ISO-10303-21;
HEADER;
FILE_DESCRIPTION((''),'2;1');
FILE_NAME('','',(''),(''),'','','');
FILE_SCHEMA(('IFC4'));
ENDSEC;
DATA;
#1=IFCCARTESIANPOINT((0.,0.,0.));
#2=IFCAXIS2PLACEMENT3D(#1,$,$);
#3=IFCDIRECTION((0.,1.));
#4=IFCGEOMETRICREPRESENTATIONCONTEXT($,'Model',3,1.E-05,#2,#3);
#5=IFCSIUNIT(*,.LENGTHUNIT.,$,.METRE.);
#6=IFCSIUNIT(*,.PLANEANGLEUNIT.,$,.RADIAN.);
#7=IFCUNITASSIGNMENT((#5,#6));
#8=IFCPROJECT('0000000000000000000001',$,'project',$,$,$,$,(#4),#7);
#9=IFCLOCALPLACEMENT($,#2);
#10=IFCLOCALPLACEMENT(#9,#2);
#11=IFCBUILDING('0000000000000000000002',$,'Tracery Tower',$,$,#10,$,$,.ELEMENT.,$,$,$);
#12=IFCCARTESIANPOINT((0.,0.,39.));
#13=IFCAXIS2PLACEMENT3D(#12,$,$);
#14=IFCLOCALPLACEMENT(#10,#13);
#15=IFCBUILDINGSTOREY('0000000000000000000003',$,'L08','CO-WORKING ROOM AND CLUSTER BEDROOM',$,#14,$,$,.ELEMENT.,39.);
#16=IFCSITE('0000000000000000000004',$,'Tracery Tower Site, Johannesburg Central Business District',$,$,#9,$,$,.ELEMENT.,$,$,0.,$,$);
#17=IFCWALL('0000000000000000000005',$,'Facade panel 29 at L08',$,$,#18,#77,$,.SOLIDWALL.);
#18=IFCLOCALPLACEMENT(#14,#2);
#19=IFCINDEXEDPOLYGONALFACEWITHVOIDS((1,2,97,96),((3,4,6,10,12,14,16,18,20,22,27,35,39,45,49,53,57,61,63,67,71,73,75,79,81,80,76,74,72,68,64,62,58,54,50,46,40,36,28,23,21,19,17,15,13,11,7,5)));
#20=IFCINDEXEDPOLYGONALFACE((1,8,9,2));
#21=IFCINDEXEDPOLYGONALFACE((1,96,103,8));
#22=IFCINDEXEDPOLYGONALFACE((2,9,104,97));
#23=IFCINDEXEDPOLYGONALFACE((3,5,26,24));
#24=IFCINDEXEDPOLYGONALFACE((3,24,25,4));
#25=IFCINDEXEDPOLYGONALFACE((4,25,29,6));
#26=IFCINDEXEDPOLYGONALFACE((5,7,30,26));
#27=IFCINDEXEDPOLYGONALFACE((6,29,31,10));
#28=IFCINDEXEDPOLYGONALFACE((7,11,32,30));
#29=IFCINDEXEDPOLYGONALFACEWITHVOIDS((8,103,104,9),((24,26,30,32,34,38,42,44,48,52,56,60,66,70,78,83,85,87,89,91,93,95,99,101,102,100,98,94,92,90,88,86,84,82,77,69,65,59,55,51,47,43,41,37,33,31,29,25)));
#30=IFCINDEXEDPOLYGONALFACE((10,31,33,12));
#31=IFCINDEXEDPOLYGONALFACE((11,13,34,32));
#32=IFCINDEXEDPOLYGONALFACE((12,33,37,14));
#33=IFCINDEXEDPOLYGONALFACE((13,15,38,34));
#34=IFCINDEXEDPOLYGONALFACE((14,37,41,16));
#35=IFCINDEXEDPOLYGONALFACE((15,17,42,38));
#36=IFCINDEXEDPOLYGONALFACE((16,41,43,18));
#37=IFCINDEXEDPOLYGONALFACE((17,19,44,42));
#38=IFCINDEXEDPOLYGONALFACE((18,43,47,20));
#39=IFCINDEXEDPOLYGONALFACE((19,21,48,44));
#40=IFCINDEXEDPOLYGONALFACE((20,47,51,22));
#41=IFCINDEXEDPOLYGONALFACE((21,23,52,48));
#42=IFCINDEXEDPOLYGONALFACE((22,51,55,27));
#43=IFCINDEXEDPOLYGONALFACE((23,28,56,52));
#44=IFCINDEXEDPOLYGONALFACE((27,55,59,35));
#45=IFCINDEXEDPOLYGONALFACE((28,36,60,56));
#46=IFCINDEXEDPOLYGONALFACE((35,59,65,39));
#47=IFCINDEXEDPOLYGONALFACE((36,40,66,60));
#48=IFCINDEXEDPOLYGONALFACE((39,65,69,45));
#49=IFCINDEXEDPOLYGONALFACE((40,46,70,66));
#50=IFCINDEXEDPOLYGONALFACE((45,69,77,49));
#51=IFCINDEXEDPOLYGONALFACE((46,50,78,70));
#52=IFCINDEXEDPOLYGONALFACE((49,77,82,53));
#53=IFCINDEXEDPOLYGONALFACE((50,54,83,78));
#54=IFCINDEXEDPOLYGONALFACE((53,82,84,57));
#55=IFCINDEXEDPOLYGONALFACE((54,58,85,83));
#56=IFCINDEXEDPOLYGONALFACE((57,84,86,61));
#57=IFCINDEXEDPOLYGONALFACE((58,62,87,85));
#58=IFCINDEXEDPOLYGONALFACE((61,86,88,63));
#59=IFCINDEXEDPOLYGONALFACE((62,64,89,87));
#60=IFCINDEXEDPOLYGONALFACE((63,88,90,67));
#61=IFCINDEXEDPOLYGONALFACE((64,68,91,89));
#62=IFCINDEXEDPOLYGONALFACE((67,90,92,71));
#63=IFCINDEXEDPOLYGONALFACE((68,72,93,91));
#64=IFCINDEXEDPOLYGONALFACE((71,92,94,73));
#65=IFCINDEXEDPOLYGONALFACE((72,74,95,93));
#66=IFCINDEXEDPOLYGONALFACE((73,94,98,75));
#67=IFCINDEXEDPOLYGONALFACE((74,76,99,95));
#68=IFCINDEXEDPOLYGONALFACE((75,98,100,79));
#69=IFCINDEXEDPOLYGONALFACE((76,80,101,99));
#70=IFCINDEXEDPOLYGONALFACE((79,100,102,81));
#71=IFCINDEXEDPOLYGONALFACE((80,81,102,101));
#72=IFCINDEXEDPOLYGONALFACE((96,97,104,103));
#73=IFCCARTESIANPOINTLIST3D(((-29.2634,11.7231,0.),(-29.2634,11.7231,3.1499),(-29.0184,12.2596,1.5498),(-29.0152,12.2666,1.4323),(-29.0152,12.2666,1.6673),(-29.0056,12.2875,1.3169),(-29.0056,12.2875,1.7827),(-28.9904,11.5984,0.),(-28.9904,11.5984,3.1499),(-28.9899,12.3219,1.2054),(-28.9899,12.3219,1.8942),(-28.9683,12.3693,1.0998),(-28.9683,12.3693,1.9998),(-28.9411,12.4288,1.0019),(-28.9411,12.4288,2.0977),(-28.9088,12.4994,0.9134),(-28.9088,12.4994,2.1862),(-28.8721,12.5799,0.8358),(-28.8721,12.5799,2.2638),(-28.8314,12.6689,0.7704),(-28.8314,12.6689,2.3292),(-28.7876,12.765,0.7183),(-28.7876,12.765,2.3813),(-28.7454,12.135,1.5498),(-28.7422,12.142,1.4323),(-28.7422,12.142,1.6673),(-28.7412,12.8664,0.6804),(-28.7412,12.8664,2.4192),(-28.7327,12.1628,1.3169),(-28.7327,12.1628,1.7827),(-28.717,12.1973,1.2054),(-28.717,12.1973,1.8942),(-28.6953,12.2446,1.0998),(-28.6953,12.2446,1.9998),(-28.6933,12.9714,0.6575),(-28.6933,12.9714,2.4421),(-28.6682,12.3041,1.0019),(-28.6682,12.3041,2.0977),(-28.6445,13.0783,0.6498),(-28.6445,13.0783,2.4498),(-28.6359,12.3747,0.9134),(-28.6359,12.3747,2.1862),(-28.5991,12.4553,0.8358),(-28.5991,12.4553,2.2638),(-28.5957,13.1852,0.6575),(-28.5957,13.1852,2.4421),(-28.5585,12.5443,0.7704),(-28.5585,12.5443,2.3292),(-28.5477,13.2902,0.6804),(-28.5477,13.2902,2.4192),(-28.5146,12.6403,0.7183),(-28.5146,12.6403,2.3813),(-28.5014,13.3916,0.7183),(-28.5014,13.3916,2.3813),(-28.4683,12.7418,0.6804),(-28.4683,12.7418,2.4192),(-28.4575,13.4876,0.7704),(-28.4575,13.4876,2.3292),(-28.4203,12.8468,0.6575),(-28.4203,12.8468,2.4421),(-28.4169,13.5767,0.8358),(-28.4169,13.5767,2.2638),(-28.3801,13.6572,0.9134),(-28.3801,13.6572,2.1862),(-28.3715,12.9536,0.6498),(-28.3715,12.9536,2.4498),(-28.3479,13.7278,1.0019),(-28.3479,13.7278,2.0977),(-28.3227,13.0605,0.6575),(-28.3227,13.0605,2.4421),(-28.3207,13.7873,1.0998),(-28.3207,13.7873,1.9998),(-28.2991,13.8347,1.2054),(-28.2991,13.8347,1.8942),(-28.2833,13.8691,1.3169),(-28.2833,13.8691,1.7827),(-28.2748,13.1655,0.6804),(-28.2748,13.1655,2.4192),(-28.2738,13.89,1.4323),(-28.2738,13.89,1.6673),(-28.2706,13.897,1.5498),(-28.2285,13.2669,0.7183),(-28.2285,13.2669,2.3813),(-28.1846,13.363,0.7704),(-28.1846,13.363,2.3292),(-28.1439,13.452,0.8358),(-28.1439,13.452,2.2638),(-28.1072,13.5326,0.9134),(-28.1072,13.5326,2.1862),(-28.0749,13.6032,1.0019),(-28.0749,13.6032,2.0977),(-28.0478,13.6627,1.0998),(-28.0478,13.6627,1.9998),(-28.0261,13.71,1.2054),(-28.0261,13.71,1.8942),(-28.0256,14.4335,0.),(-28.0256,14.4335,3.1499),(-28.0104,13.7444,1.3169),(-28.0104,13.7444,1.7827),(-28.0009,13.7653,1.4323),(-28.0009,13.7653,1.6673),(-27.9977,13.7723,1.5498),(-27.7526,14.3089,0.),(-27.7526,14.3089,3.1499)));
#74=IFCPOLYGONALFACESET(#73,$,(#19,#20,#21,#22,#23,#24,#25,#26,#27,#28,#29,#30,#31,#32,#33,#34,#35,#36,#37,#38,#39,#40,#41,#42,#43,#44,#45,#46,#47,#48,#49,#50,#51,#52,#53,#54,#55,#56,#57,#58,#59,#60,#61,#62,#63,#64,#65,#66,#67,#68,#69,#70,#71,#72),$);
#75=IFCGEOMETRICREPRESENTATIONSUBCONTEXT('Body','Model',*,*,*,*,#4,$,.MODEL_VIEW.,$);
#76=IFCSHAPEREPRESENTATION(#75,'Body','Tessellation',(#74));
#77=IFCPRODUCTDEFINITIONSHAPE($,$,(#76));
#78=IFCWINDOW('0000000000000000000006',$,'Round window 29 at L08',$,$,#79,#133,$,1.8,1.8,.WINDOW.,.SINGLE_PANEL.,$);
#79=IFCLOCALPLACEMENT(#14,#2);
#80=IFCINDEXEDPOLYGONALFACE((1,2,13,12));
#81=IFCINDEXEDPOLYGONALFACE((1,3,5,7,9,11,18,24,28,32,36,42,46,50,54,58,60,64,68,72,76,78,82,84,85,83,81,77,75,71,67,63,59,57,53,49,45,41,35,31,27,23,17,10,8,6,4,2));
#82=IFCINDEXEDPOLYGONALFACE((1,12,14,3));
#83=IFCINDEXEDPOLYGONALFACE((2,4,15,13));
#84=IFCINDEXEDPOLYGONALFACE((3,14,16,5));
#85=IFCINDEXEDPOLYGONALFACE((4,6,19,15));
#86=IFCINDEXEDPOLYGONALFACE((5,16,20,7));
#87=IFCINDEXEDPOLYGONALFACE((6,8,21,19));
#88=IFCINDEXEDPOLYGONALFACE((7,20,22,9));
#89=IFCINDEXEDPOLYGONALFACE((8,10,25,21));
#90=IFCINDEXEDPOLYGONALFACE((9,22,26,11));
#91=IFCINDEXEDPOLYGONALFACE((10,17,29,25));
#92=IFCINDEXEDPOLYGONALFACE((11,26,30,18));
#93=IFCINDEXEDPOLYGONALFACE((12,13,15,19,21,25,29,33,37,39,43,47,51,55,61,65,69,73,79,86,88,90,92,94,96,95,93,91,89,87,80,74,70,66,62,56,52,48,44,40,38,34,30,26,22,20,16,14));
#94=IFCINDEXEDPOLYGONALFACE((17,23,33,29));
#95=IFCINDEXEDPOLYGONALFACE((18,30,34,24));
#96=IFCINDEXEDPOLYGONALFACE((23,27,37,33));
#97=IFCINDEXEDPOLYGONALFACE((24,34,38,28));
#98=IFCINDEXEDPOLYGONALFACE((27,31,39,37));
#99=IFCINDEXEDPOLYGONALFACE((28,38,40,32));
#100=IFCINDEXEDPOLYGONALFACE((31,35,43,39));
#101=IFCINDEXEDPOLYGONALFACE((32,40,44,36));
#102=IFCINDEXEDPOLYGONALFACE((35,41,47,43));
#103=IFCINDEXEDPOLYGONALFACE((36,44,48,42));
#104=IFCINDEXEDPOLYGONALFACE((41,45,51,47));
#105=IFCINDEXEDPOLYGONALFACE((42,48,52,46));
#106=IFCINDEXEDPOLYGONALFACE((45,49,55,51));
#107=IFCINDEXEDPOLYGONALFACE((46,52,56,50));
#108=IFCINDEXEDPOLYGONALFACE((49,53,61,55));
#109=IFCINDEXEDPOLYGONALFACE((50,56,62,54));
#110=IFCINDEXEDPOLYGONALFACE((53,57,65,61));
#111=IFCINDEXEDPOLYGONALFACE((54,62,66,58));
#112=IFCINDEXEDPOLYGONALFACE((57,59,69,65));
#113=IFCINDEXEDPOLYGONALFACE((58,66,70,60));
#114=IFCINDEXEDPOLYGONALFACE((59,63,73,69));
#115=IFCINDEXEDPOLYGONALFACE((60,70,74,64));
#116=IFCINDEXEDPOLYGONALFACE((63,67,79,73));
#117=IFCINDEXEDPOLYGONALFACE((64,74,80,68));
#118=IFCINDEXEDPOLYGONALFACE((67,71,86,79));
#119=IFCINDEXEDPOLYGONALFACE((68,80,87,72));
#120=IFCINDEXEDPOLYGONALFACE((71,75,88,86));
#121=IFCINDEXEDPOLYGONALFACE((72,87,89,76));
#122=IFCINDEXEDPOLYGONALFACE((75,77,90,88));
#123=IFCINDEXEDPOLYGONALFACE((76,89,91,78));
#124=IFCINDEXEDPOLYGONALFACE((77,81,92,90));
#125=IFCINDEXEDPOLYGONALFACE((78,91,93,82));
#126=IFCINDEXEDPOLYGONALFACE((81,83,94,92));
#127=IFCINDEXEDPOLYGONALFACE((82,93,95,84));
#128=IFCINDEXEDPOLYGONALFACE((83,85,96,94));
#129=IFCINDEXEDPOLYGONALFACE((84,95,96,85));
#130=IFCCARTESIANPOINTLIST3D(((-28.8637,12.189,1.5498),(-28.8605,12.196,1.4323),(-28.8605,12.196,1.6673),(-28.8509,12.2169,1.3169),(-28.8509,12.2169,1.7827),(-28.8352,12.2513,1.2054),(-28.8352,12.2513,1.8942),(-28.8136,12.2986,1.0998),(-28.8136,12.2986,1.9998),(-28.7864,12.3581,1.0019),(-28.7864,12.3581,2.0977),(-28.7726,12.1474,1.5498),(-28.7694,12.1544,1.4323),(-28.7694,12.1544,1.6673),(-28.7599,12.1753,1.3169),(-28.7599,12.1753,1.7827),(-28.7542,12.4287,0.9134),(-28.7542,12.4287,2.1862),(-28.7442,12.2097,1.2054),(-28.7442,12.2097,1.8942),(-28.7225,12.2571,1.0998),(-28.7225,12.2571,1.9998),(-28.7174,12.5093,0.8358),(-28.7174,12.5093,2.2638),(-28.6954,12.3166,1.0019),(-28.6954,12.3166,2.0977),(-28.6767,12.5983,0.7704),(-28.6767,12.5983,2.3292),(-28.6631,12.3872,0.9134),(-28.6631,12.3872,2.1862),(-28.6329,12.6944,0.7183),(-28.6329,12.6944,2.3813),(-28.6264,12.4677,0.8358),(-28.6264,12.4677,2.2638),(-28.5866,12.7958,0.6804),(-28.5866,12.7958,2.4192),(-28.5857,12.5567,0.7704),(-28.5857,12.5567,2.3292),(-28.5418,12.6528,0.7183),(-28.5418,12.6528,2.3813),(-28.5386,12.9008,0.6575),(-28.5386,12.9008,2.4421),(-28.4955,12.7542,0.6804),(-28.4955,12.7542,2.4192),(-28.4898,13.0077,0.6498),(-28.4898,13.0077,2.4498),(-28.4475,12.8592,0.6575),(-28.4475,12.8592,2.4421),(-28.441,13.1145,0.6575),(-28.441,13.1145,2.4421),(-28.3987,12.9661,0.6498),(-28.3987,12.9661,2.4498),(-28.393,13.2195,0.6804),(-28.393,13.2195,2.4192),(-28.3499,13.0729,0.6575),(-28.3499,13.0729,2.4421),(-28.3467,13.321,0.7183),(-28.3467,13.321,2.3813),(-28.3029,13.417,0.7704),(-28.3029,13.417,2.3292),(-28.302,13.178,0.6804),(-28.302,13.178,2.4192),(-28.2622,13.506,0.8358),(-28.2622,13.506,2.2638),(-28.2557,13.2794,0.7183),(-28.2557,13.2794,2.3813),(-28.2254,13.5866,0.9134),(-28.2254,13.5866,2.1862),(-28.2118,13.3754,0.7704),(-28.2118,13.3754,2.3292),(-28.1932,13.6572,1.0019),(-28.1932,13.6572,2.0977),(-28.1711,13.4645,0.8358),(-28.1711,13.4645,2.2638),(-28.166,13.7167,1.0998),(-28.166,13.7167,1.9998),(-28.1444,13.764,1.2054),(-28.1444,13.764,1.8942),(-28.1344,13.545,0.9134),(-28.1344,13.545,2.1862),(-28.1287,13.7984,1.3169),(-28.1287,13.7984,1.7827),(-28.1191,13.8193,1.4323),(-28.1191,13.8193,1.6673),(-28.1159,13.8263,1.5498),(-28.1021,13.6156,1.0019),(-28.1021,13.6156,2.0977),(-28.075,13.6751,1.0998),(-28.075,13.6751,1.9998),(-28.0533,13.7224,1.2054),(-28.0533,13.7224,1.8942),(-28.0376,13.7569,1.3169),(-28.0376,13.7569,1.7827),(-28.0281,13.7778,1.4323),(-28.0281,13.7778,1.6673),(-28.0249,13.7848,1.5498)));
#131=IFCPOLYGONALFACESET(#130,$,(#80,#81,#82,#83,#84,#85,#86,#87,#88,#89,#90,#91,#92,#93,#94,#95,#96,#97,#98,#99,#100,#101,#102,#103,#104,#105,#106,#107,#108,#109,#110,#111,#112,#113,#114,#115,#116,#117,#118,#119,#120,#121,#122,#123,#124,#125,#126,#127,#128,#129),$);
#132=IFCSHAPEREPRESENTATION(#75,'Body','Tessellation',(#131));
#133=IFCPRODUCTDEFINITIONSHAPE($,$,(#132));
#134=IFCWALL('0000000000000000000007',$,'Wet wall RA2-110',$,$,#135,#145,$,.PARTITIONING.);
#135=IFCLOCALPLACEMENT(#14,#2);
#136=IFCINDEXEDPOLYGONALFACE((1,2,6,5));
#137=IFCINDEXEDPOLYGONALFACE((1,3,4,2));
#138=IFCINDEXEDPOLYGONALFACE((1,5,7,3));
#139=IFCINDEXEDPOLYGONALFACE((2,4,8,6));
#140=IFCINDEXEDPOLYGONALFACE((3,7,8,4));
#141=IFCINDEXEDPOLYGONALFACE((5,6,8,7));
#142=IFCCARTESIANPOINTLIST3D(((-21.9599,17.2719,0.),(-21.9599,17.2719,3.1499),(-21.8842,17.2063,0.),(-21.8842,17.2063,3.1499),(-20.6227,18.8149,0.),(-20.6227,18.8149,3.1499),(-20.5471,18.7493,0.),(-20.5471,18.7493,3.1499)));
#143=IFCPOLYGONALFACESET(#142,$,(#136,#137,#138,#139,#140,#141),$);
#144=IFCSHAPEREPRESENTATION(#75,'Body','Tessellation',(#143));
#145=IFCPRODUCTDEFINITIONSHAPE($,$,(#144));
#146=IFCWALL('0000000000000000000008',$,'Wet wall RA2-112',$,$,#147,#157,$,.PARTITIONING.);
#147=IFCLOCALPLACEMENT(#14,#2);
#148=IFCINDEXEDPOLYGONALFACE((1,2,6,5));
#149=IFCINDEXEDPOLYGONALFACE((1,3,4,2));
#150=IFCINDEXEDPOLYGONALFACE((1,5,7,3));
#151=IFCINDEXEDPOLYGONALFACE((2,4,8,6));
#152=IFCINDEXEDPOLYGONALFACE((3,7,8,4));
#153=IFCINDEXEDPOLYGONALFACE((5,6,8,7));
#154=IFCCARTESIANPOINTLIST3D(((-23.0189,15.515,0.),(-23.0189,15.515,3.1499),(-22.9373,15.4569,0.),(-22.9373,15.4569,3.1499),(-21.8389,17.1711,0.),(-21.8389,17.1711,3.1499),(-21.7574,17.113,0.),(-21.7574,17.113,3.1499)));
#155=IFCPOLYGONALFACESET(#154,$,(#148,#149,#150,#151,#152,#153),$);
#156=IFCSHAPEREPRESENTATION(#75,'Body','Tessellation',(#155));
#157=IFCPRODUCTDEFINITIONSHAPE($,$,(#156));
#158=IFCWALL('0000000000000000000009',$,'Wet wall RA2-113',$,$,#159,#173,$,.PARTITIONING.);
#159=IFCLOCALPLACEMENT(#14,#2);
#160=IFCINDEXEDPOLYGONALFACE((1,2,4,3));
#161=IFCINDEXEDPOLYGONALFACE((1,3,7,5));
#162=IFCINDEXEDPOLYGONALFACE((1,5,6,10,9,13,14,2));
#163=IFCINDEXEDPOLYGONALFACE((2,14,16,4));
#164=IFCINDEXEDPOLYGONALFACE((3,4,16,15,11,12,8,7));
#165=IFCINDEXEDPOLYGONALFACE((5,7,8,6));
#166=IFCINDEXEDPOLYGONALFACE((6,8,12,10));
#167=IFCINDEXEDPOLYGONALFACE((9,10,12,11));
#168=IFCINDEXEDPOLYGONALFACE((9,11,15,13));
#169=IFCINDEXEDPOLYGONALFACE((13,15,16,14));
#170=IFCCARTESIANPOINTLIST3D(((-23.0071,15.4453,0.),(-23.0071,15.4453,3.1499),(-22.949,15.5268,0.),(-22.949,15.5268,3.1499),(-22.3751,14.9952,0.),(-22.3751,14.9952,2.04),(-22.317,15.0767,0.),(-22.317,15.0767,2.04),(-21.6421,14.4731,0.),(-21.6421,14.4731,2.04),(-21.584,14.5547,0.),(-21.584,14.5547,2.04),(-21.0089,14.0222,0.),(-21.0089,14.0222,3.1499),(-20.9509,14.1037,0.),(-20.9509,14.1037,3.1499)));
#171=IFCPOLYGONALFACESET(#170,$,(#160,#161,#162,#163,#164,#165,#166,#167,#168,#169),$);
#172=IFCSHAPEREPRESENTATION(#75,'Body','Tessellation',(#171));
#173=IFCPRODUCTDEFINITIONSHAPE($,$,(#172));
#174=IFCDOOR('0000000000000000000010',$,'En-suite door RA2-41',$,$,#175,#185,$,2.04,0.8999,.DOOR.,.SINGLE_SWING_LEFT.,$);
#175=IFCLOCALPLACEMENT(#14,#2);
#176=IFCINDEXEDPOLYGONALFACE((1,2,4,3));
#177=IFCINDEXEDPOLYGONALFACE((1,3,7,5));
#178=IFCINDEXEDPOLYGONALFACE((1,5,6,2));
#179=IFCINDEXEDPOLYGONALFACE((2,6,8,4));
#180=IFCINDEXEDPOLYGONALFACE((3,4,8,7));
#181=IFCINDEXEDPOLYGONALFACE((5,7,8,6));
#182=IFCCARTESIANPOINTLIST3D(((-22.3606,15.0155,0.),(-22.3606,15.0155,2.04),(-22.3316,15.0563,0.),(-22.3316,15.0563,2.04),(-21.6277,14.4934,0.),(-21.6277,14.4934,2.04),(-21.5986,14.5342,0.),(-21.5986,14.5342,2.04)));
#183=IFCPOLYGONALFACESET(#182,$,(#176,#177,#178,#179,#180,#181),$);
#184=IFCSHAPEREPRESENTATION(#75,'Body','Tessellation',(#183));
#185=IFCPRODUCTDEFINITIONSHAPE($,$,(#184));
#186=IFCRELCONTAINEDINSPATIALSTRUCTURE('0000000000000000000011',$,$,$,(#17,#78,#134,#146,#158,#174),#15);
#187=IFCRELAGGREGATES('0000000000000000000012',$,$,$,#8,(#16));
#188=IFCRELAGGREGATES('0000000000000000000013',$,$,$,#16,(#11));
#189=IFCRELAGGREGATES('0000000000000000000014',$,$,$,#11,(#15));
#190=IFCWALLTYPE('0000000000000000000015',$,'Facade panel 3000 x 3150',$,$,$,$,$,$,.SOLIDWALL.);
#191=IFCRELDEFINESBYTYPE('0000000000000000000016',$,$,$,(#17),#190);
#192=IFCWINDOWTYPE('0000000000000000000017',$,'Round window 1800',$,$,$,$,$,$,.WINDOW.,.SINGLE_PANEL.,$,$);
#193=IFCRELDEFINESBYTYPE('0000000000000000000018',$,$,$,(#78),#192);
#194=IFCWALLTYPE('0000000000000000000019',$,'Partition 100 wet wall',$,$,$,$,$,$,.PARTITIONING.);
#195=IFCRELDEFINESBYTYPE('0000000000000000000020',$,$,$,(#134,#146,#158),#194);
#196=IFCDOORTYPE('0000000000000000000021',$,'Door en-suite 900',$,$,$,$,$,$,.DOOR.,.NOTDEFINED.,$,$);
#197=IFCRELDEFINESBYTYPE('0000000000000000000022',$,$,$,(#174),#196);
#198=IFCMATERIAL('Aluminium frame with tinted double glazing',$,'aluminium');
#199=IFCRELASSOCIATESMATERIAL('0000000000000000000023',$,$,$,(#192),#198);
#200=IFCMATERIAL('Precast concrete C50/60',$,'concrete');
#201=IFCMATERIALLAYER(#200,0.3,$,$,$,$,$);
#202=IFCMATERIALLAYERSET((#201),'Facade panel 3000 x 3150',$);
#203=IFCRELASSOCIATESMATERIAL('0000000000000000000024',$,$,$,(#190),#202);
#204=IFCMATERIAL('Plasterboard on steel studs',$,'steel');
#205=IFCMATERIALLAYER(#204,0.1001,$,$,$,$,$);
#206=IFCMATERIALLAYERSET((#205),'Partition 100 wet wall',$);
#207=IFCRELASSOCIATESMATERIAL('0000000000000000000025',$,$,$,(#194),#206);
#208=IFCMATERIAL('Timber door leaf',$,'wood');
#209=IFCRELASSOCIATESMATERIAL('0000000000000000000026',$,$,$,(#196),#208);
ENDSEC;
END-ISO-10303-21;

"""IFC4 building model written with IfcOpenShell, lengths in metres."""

from ifc_helpers import new_model, si_unit, direction, frame, frame_2d, origin, origin_2d, place, context, subcontext, project, spatial, rectangle, circle, extrude, material, layer, layer_set, type_object, element, fill, save


model = new_model("IFC4")

# Units and contexts
model_context = context("Model", 3, precision=1e-05, world=origin(), true_north=direction((0.0, 1.0)))
body_context = subcontext(model_context, "Body", "Model", "MODEL_VIEW")
ifc_project = project(units=[si_unit("LENGTHUNIT", "METRE"), si_unit("PLANEANGLEUNIT", "RADIAN")], contexts=[model_context])

# Site, building, storey
site_placement = place(None, origin())
site = spatial("IfcSite", under=ifc_project, at=site_placement, Name="Tracery Tower Site, Johannesburg Central Business District", CompositionType="ELEMENT", RefElevation=0.0)
building_placement = place(site_placement, origin())
building = spatial("IfcBuilding", under=site, at=building_placement, Name="Tracery Tower", CompositionType="ELEMENT")
storey_placement = place(building_placement, frame((0.0, 0.0, 39.0)))
storey = spatial("IfcBuildingStorey", under=building, at=storey_placement, Name="L08", Description="CO-WORKING ROOM AND CLUSTER BEDROOM", CompositionType="ELEMENT", Elevation=39.0)

# Wall, opening, window
ifc_material_1 = material(Name="Aluminium frame with tinted double glazing", Category="aluminium")
window_type = type_object("IfcWindowType", Name="Round window 1800", PartitioningType="SINGLE_PANEL", PredefinedType="WINDOW", material=ifc_material_1)
ifc_material_2 = material(Name="Precast concrete C50/60", Category="concrete")
ifc_layer_1 = layer(ifc_material_2, 0.3)
ifc_layer_set_1 = layer_set([ifc_layer_1], Name="Facade panel 3000 x 3150")
wall_type_1 = type_object("IfcWallType", Name="Facade panel 3000 x 3150", PredefinedType="SOLIDWALL", material=ifc_layer_set_1)
wall_1_placement = place(storey_placement, frame((-27.8892, 14.3711, 0.0), z_axis=(0.0, 0.0, 1.0), x_axis=(-0.415407, -0.909636, 0.0)))
wall_1 = element("IfcWall", 1, at=wall_1_placement, inside=storey, type_object=wall_type_1, Name="Facade panel 29 at L08", PredefinedType="SOLIDWALL", context=body_context, shape_type="SweptSolid", body=[
    extrude(rectangle(XDim=2.9797, YDim=0.3, at=frame_2d((1.4897, 0.0))), origin(), (0.0, 0.0, 1.0), 3.1499),
])
opening_1_placement = place(wall_1_placement, frame((1.4897, 0.0, 1.5498)))
opening_1 = element("IfcOpeningElement", 2, at=opening_1_placement, cuts=wall_1, PredefinedType="OPENING", context=body_context, shape_type="SweptSolid", body=[
    extrude(circle(Radius=0.9, at=origin_2d()), frame((0.0, 0.1599, 0.0), z_axis=(0.0, -1.0, 0.0), x_axis=(1.0, 0.0, 0.0)), (0.0, 0.0, 1.0), 0.3201),
])
window_1_placement = place(opening_1_placement, origin())
window_1 = element("IfcWindow", 3, at=window_1_placement, inside=storey, type_object=window_type, Name="Round window 29 at L08", OverallHeight=1.8, OverallWidth=1.8, PartitioningType="SINGLE_PANEL", PredefinedType="WINDOW", context=body_context, shape_type="SweptSolid", body=[
    extrude(circle(Radius=0.9, at=origin_2d()), frame((0.0, 0.1201, 0.0), z_axis=(0.0, -1.0, 0.0), x_axis=(1.0, 0.0, 0.0)), (0.0, 0.0, 1.0), 0.1001),
])
fill(opening_1, window_1)

# Walls
ifc_material_3 = material(Name="Plasterboard on steel studs", Category="steel")
ifc_layer_2 = layer(ifc_material_3, 0.1001)
ifc_layer_set_2 = layer_set([ifc_layer_2], Name="Partition 100 wet wall")
wall_type_2 = type_object("IfcWallType", Name="Partition 100 wet wall", PredefinedType="PARTITIONING", material=ifc_layer_set_2)
wall_2_placement = place(storey_placement, frame((-21.9221, 17.239, 0.0), z_axis=(0.0, 0.0, 1.0), x_axis=(0.654908, 0.755709, 0.0)))
element("IfcWall", 4, at=wall_2_placement, inside=storey, type_object=wall_type_2, Name="Wet wall RA2-110", PredefinedType="PARTITIONING", context=body_context, shape_type="SweptSolid", body=[
    extrude(rectangle(XDim=2.0417, YDim=0.1001, at=frame_2d((1.021, 0.0))), origin(), (0.0, 0.0, 1.0), 3.1499),
])
wall_3_placement = place(storey_placement, frame((-22.978, 15.4861, 0.0), z_axis=(0.0, 0.0, 1.0), x_axis=(0.580284, 0.814414, 0.0)))
element("IfcWall", 5, at=wall_3_placement, inside=storey, type_object=wall_type_2, Name="Wet wall RA2-112", PredefinedType="PARTITIONING", context=body_context, shape_type="SweptSolid", body=[
    extrude(rectangle(XDim=2.0334, YDim=0.1001, at=frame_2d((1.0166, 0.0))), origin(), (0.0, 0.0, 1.0), 3.1499),
])

# Wall, opening, door
wall_4_placement = place(storey_placement, frame((-22.978, 15.4861, 0.0), z_axis=(0.0, 0.0, 1.0), x_axis=(0.81452, -0.580136, 0.0)))
wall_4 = element("IfcWall", 6, at=wall_4_placement, inside=storey, type_object=wall_type_2, Name="Wet wall RA2-113", PredefinedType="PARTITIONING", context=body_context, shape_type="SweptSolid", body=[
    extrude(rectangle(XDim=2.4531, YDim=0.1001, at=frame_2d((1.2266, 0.0))), origin(), (0.0, 0.0, 1.0), 3.1499),
])
opening_2_placement = place(wall_4_placement, frame((0.7759, 0.0, 0.0)))
opening_2 = element("IfcOpeningElement", 7, at=opening_2_placement, cuts=wall_4, PredefinedType="OPENING", context=body_context, shape_type="SweptSolid", body=[
    extrude(rectangle(XDim=0.8999, YDim=2.04, at=frame_2d((0.45, 1.02))), frame((0.0, 0.05, 0.0), z_axis=(0.0, -1.0, 0.0), x_axis=(1.0, 0.0, 0.0)), (0.0, 0.0, 1.0), 0.1001),
])
ifc_material_4 = material(Name="Timber door leaf", Category="wood")
door_type = type_object("IfcDoorType", Name="Door en-suite 900", OperationType="NOTDEFINED", PredefinedType="DOOR", material=ifc_material_4)
door_placement = place(opening_2_placement, origin())
door = element("IfcDoor", 8, at=door_placement, inside=storey, type_object=door_type, Name="En-suite door RA2-41", OperationType="SINGLE_SWING_LEFT", OverallHeight=2.04, OverallWidth=0.8999, PredefinedType="DOOR", context=body_context, shape_type="SweptSolid", body=[
    extrude(rectangle(XDim=0.8999, YDim=2.04, at=frame_2d((0.45, 1.02))), frame((0.0, 0.0249, 0.0), z_axis=(0.0, -1.0, 0.0), x_axis=(1.0, 0.0, 0.0)), (0.0, 0.0, 1.0), 0.05),
])
fill(opening_2, door)

save(model, "model.ifc")
